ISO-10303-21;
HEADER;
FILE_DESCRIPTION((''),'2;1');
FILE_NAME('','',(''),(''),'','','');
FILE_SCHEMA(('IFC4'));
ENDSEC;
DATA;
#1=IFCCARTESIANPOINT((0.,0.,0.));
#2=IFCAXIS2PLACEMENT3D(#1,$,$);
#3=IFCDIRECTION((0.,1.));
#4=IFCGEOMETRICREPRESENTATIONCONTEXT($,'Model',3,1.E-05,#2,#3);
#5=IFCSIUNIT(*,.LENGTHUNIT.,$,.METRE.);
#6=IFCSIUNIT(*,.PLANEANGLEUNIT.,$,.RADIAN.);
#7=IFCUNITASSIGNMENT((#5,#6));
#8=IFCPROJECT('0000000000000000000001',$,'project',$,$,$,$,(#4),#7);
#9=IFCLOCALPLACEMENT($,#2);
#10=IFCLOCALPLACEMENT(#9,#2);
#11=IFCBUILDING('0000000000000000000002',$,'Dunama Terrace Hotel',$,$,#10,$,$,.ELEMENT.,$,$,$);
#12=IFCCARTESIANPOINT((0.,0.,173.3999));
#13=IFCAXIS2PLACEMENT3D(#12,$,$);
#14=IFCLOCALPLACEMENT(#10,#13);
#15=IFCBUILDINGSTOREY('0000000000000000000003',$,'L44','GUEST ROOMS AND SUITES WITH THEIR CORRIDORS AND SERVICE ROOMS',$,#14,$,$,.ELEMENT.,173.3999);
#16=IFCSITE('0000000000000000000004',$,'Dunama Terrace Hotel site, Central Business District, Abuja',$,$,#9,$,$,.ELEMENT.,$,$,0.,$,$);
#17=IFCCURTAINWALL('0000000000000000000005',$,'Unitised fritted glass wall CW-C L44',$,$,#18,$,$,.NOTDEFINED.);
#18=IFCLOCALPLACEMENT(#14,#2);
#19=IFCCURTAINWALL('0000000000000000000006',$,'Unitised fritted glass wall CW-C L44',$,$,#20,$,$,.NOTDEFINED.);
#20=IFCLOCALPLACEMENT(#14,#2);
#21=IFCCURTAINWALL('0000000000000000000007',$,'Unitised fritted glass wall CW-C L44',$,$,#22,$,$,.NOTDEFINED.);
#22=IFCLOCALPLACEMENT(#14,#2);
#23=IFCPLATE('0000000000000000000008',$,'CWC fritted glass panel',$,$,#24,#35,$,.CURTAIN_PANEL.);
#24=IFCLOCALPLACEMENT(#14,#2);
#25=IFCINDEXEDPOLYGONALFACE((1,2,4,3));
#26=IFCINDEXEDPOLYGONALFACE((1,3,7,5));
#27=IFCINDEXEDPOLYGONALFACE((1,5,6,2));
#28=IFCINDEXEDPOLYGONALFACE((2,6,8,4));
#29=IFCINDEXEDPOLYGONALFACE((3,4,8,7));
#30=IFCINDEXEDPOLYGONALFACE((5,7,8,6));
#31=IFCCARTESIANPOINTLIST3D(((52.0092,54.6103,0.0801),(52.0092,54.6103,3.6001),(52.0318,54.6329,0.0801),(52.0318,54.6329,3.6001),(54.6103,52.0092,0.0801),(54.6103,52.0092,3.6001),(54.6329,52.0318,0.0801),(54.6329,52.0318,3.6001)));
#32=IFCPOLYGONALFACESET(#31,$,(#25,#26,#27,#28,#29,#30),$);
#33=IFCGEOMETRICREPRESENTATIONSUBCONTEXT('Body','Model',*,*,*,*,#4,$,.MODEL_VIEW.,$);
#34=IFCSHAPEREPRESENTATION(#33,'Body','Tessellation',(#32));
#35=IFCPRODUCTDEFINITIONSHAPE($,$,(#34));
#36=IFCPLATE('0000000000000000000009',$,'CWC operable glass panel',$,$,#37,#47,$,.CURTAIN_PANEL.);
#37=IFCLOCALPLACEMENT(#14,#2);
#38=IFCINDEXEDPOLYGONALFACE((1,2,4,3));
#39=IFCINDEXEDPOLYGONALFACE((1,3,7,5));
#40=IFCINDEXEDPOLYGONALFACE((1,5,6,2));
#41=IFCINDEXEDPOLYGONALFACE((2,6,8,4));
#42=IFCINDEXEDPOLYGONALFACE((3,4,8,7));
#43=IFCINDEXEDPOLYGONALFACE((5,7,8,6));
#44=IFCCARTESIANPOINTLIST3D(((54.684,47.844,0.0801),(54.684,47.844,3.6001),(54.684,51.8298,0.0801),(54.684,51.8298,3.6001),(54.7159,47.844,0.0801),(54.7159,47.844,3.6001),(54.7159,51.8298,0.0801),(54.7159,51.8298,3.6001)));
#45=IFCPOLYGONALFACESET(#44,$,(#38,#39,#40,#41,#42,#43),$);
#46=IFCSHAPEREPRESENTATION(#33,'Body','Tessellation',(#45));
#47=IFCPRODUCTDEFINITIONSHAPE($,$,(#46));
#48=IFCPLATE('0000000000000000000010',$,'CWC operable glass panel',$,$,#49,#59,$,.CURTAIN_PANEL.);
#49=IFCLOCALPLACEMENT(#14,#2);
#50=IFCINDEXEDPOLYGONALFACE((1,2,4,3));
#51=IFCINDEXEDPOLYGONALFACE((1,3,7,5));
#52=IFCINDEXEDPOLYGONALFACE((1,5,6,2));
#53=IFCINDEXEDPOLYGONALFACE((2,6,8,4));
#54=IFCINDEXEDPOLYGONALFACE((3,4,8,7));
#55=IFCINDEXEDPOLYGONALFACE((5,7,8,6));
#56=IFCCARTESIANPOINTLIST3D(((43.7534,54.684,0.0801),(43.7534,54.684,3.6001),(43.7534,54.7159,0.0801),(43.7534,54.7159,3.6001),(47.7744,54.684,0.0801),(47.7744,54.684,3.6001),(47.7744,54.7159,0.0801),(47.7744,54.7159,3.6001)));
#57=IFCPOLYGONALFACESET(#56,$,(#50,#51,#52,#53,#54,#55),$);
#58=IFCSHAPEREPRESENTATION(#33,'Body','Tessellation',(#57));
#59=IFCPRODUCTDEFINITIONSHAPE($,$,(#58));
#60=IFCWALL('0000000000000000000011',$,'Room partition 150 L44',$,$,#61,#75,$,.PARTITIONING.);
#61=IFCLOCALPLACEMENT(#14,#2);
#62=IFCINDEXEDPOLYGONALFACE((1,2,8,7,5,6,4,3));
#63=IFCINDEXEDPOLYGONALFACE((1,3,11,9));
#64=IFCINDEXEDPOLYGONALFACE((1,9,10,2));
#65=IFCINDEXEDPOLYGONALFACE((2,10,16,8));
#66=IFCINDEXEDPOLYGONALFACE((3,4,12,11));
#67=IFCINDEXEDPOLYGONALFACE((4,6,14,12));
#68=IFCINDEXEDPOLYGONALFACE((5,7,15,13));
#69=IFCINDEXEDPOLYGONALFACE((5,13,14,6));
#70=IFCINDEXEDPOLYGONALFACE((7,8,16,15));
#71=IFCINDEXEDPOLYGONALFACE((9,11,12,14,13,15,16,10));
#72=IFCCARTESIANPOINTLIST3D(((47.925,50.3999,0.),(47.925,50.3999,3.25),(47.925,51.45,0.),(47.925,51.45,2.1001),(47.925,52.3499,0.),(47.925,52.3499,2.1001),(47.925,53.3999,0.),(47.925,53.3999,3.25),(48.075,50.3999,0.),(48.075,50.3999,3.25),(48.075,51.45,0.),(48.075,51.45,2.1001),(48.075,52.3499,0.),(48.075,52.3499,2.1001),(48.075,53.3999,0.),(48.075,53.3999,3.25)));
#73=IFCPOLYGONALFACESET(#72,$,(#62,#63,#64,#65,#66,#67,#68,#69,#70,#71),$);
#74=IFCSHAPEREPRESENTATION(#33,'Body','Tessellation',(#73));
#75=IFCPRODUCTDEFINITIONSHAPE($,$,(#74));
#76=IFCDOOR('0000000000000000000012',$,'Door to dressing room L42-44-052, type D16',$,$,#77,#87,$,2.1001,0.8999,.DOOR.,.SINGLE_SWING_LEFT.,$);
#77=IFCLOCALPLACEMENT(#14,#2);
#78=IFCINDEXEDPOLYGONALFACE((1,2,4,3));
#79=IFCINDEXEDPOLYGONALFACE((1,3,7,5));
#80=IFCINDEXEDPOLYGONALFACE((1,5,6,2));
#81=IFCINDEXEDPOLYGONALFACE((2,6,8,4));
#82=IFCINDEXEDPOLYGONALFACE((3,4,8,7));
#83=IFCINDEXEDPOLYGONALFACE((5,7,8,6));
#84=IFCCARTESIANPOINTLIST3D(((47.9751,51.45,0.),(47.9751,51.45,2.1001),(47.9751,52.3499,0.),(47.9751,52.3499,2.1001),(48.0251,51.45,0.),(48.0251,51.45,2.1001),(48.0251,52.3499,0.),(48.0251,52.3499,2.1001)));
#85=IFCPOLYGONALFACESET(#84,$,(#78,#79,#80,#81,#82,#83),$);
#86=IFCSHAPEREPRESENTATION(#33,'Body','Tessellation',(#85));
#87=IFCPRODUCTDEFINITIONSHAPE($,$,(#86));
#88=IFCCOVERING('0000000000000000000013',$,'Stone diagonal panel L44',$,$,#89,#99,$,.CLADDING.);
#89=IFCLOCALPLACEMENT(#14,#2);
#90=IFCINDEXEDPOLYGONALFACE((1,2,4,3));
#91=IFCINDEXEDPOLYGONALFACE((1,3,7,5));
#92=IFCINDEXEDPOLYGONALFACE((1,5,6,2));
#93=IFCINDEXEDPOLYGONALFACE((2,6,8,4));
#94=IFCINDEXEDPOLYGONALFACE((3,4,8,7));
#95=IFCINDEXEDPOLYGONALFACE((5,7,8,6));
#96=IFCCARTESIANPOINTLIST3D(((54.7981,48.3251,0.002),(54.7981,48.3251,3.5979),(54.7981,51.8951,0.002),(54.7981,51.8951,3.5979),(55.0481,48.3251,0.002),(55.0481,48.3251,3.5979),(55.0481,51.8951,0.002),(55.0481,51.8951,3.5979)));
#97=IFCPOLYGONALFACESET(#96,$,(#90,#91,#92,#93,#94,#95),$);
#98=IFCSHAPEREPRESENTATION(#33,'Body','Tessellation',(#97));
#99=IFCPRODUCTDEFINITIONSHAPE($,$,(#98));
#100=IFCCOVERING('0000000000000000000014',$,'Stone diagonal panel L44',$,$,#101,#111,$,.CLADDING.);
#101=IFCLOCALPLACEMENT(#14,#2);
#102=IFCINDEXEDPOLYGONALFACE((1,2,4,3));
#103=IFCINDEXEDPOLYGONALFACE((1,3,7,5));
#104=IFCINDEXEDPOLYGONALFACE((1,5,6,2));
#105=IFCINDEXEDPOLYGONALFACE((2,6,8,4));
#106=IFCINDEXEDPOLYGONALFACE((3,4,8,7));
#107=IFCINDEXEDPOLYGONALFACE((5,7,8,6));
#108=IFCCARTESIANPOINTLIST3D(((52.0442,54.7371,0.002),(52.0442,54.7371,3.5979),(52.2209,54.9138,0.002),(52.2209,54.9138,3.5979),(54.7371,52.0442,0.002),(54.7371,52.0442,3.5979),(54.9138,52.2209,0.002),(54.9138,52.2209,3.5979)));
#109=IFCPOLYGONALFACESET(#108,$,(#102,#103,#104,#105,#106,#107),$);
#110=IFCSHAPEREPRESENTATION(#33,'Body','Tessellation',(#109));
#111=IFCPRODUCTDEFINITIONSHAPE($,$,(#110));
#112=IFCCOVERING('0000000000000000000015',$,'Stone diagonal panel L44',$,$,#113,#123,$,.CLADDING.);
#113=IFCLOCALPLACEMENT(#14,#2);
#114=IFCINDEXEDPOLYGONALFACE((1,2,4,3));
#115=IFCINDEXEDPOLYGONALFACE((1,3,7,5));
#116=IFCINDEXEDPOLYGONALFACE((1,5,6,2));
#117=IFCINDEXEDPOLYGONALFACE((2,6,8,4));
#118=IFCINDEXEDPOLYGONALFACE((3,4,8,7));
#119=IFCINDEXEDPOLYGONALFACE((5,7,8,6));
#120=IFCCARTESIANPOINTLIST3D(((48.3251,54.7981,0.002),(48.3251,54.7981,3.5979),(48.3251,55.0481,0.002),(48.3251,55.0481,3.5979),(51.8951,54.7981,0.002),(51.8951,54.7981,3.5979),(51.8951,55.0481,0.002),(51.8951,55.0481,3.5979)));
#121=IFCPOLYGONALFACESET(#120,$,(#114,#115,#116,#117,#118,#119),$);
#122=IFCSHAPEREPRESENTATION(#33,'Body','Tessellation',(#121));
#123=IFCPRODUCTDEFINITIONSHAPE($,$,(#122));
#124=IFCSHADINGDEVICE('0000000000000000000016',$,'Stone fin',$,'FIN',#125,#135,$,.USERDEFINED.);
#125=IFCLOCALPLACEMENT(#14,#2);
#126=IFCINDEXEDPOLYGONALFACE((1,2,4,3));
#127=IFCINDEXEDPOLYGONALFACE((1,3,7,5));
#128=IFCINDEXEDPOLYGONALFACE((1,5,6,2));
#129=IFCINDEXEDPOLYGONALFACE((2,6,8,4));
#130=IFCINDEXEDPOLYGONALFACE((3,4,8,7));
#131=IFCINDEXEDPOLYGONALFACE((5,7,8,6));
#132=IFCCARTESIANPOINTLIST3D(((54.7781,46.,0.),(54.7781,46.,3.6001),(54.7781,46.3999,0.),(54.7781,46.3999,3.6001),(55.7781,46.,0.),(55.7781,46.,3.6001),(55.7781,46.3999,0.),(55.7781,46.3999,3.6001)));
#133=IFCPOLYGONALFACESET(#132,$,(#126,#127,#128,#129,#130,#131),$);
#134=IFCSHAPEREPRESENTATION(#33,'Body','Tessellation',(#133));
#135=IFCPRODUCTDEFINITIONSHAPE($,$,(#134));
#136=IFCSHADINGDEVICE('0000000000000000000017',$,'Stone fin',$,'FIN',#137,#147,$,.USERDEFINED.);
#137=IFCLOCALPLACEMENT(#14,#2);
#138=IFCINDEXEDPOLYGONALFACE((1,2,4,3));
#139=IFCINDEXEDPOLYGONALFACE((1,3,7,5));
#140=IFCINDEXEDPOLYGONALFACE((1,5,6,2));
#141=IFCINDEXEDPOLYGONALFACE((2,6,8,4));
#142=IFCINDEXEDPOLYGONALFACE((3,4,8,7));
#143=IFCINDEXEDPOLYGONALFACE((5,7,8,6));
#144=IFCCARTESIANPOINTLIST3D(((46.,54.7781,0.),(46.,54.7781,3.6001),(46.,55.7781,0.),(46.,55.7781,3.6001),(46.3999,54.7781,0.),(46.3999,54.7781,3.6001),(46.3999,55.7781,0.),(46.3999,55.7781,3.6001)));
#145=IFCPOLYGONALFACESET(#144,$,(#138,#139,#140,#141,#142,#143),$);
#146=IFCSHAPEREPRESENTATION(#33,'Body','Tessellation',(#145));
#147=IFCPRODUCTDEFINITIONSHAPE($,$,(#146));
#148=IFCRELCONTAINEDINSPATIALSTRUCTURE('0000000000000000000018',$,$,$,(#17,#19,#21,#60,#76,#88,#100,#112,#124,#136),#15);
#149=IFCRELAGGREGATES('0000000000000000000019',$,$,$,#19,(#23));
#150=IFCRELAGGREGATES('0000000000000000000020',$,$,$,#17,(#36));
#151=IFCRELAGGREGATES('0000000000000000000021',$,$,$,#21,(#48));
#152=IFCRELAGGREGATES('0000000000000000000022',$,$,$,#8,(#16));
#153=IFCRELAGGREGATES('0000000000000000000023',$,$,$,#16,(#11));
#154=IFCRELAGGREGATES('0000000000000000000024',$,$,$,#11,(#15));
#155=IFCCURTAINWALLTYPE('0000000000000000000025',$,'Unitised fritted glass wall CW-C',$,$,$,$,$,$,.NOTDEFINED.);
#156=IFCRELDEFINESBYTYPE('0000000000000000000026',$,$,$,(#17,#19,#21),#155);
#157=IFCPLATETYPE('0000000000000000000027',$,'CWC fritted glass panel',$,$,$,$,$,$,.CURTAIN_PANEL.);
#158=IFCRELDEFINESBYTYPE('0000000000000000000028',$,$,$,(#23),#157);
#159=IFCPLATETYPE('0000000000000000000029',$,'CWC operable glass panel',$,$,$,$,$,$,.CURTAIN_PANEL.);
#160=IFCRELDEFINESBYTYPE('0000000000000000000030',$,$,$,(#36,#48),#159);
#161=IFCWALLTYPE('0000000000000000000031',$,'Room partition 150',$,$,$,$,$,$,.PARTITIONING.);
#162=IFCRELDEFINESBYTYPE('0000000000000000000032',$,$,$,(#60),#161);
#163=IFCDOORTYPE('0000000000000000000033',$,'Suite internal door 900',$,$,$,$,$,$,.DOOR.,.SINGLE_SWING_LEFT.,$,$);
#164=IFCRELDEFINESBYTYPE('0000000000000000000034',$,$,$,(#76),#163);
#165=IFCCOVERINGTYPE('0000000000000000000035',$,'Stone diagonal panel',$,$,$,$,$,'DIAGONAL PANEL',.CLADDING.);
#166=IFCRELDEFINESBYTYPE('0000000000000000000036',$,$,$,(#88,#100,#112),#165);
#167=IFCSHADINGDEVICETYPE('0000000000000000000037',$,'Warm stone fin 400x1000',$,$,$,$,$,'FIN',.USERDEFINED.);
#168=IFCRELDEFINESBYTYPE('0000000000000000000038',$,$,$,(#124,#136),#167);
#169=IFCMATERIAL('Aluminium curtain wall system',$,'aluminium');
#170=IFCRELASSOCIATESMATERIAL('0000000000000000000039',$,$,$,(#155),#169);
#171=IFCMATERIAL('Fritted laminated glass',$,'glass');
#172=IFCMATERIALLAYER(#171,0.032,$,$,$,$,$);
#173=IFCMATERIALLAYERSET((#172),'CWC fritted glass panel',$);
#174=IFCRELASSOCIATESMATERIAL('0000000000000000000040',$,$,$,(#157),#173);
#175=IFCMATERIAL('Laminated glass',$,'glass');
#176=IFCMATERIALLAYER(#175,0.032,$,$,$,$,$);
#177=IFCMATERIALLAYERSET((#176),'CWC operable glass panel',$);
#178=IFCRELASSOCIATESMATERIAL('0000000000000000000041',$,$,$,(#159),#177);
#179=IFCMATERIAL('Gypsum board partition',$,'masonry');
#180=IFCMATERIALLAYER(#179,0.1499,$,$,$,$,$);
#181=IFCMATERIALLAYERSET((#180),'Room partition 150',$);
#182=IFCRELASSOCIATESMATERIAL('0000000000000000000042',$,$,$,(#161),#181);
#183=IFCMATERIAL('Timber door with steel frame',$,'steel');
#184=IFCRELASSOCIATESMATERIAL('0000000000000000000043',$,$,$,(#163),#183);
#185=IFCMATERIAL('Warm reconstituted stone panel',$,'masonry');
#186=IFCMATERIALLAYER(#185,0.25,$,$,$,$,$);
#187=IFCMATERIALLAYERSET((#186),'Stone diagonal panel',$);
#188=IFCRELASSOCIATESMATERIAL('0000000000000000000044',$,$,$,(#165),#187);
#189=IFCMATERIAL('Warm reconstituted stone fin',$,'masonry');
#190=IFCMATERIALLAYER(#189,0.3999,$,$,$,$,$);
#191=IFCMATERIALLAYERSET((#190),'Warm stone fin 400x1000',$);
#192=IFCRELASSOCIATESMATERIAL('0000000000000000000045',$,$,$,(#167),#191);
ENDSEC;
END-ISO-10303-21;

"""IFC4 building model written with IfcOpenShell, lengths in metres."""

from ifc_helpers import new_model, si_unit, direction, frame, frame_2d, origin, origin_2d, place, context, subcontext, project, spatial, rectangle, extrude, material, layer, layer_set, type_object, element, fill, aggregate, save


model = new_model("IFC4")

# Units and contexts
model_context = context("Model", 3, precision=1e-05, world=origin(), true_north=direction((0.0, 1.0)))
body_context = subcontext(model_context, "Body", "Model", "MODEL_VIEW")
ifc_project = project(units=[si_unit("LENGTHUNIT", "METRE"), si_unit("PLANEANGLEUNIT", "RADIAN")], contexts=[model_context])

# Site, building, storey
site_placement = place(None, origin())
site = spatial("IfcSite", under=ifc_project, at=site_placement, Name="Dunama Terrace Hotel site, Central Business District, Abuja", CompositionType="ELEMENT", RefElevation=0.0)
building_placement = place(site_placement, origin())
building = spatial("IfcBuilding", under=site, at=building_placement, Name="Dunama Terrace Hotel", CompositionType="ELEMENT")
storey_placement = place(building_placement, frame((0.0, 0.0, 173.3999)))
storey = spatial("IfcBuildingStorey", under=building, at=storey_placement, Name="L44", Description="GUEST ROOMS AND SUITES WITH THEIR CORRIDORS AND SERVICE ROOMS", CompositionType="ELEMENT", Elevation=173.3999)

# Curtain walls
ifc_material_1 = material(Name="Aluminium curtain wall system", Category="aluminium")
curtain_wall_type = type_object("IfcCurtainWallType", Name="Unitised fritted glass wall CW-C", PredefinedType="NOTDEFINED", material=ifc_material_1)
curtain_wall_1_placement = place(storey_placement, origin())
curtain_wall_1 = element("IfcCurtainWall", 1, at=curtain_wall_1_placement, inside=storey, type_object=curtain_wall_type, Name="Unitised fritted glass wall CW-C L44", PredefinedType="NOTDEFINED")
curtain_wall_2_placement = place(storey_placement, origin())
curtain_wall_2 = element("IfcCurtainWall", 2, at=curtain_wall_2_placement, inside=storey, type_object=curtain_wall_type, Name="Unitised fritted glass wall CW-C L44", PredefinedType="NOTDEFINED")
curtain_wall_3_placement = place(storey_placement, origin())
curtain_wall_3 = element("IfcCurtainWall", 3, at=curtain_wall_3_placement, inside=storey, type_object=curtain_wall_type, Name="Unitised fritted glass wall CW-C L44", PredefinedType="NOTDEFINED")

# Plates
ifc_material_2 = material(Name="Fritted laminated glass", Category="glass")
ifc_layer_1 = layer(ifc_material_2, 0.032)
ifc_layer_set_1 = layer_set([ifc_layer_1], Name="CWC fritted glass panel")
plate_type_1 = type_object("IfcPlateType", Name="CWC fritted glass panel", PredefinedType="CURTAIN_PANEL", material=ifc_layer_set_1)
plate_1_placement = place(storey_placement, frame((53.321, 53.321, 0.0801), z_axis=(0.0, 0.0, 1.0), x_axis=(-0.707107, 0.707107, 0.0)))
plate_1 = element("IfcPlate", 4, at=plate_1_placement, type_object=plate_type_1, Name="CWC fritted glass panel", PredefinedType="CURTAIN_PANEL", context=body_context, shape_type="SweptSolid", body=[
    extrude(rectangle(XDim=3.6785, YDim=0.032, at=origin_2d()), origin(), (0.0, 0.0, 1.0), 3.52),
])
aggregate(curtain_wall_2, [plate_1])
ifc_material_3 = material(Name="Laminated glass", Category="glass")
ifc_layer_2 = layer(ifc_material_3, 0.032)
ifc_layer_set_2 = layer_set([ifc_layer_2], Name="CWC operable glass panel")
plate_type_2 = type_object("IfcPlateType", Name="CWC operable glass panel", PredefinedType="CURTAIN_PANEL", material=ifc_layer_set_2)
plate_2_placement = place(storey_placement, frame((54.7, 49.8369, 0.0801), z_axis=(0.0, 0.0, 1.0), x_axis=(0.0, 1.0, 0.0)))
plate_2 = element("IfcPlate", 5, at=plate_2_placement, type_object=plate_type_2, Name="CWC operable glass panel", PredefinedType="CURTAIN_PANEL", context=body_context, shape_type="SweptSolid", body=[
    extrude(rectangle(XDim=3.9858, YDim=0.032, at=origin_2d()), origin(), (0.0, 0.0, 1.0), 3.52),
])
aggregate(curtain_wall_1, [plate_2])
plate_3_placement = place(storey_placement, frame((45.7639, 54.7, 0.0801), z_axis=(0.0, 0.0, 1.0), x_axis=(-1.0, 0.0, 0.0)))
plate_3 = element("IfcPlate", 6, at=plate_3_placement, type_object=plate_type_2, Name="CWC operable glass panel", PredefinedType="CURTAIN_PANEL", context=body_context, shape_type="SweptSolid", body=[
    extrude(rectangle(XDim=4.021, YDim=0.032, at=origin_2d()), origin(), (0.0, 0.0, 1.0), 3.52),
])
aggregate(curtain_wall_3, [plate_3])

# Wall, opening, door
ifc_material_4 = material(Name="Gypsum board partition", Category="masonry")
ifc_layer_3 = layer(ifc_material_4, 0.1499)
ifc_layer_set_3 = layer_set([ifc_layer_3], Name="Room partition 150")
wall_type = type_object("IfcWallType", Name="Room partition 150", PredefinedType="PARTITIONING", material=ifc_layer_set_3)
wall_placement = place(storey_placement, frame((48.0, 50.3999, 0.0), z_axis=(0.0, 0.0, 1.0), x_axis=(0.0, 1.0, 0.0)))
wall = element("IfcWall", 7, at=wall_placement, inside=storey, type_object=wall_type, Name="Room partition 150 L44", PredefinedType="PARTITIONING", context=body_context, shape_type="SweptSolid", body=[
    extrude(rectangle(XDim=3.0, YDim=0.1499, at=frame_2d((1.5, 0.0))), origin(), (0.0, 0.0, 1.0), 3.25),
])
opening_placement = place(wall_placement, frame((1.05, 0.0, 0.0)))
opening = element("IfcOpeningElement", 8, at=opening_placement, cuts=wall, PredefinedType="OPENING", context=body_context, shape_type="SweptSolid", body=[
    extrude(rectangle(XDim=0.8999, YDim=2.1001, at=frame_2d((0.45, 1.05))), frame((0.0, 0.085, 0.0), z_axis=(0.0, -1.0, 0.0), x_axis=(1.0, 0.0, 0.0)), (0.0, 0.0, 1.0), 0.1699),
])
ifc_material_5 = material(Name="Timber door with steel frame", Category="steel")
door_type = type_object("IfcDoorType", Name="Suite internal door 900", OperationType="SINGLE_SWING_LEFT", PredefinedType="DOOR", material=ifc_material_5)
door_placement = place(opening_placement, origin())
door = element("IfcDoor", 9, at=door_placement, inside=storey, type_object=door_type, Name="Door to dressing room L42-44-052, type D16", OperationType="SINGLE_SWING_LEFT", OverallHeight=2.1001, OverallWidth=0.8999, PredefinedType="DOOR", context=body_context, shape_type="SweptSolid", body=[
    extrude(rectangle(XDim=0.8999, YDim=2.1001, at=frame_2d((0.45, 1.05))), frame((0.0, 0.0249, 0.0), z_axis=(0.0, -1.0, 0.0), x_axis=(1.0, 0.0, 0.0)), (0.0, 0.0, 1.0), 0.05),
])
fill(opening, door)

# Coverings
ifc_material_6 = material(Name="Warm reconstituted stone panel", Category="masonry")
ifc_layer_4 = layer(ifc_material_6, 0.25)
ifc_layer_set_4 = layer_set([ifc_layer_4], Name="Stone diagonal panel")
covering_type = type_object("IfcCoveringType", Name="Stone diagonal panel", ElementType="DIAGONAL PANEL", PredefinedType="CLADDING", material=ifc_layer_set_4)
covering_1_placement = place(storey_placement, frame((54.9231, 50.1101, 0.002), z_axis=(0.0, 0.0, 1.0), x_axis=(0.0, 1.0, 0.0)))
element("IfcCovering", 10, at=covering_1_placement, inside=storey, type_object=covering_type, Name="Stone diagonal panel L44", PredefinedType="CLADDING", context=body_context, shape_type="SweptSolid", body=[
    extrude(rectangle(XDim=3.5701, YDim=0.25, at=origin_2d()), origin(), (0.0, 0.0, 1.0), 3.5959),
])
covering_2_placement = place(storey_placement, frame((53.479, 53.479, 0.002), z_axis=(0.0, 0.0, 1.0), x_axis=(-0.707107, 0.707107, 0.0)))
element("IfcCovering", 11, at=covering_2_placement, inside=storey, type_object=covering_type, Name="Stone diagonal panel L44", PredefinedType="CLADDING", context=body_context, shape_type="SweptSolid", body=[
    extrude(rectangle(XDim=3.8083, YDim=0.25, at=origin_2d()), origin(), (0.0, 0.0, 1.0), 3.5959),
])
covering_3_placement = place(storey_placement, frame((50.1101, 54.9231, 0.002), z_axis=(0.0, 0.0, 1.0), x_axis=(-1.0, 0.0, 0.0)))
element("IfcCovering", 12, at=covering_3_placement, inside=storey, type_object=covering_type, Name="Stone diagonal panel L44", PredefinedType="CLADDING", context=body_context, shape_type="SweptSolid", body=[
    extrude(rectangle(XDim=3.5701, YDim=0.25, at=origin_2d()), origin(), (0.0, 0.0, 1.0), 3.5959),
])

# Shading devices
ifc_material_7 = material(Name="Warm reconstituted stone fin", Category="masonry")
ifc_layer_5 = layer(ifc_material_7, 0.3999)
ifc_layer_set_5 = layer_set([ifc_layer_5], Name="Warm stone fin 400x1000")
shading_device_type = type_object("IfcShadingDeviceType", Name="Warm stone fin 400x1000", ElementType="FIN", PredefinedType="USERDEFINED", material=ifc_layer_set_5)
for number, where, z_axis, x_axis, name in (
    (13, (55.2781, 46.2, 0.0), (0.0, 0.0, 1.0), (0.0, 1.0, 0.0), "Stone fin"),
    (14, (46.2, 55.2781, 0.0), (0.0, 0.0, 1.0), (-1.0, 0.0, 0.0), "Stone fin"),
):
    element("IfcShadingDevice", number, at=place(storey_placement, frame(where, z_axis=z_axis, x_axis=x_axis)), inside=storey, type_object=shading_device_type, Name=name, ObjectType="FIN", PredefinedType="USERDEFINED", context=body_context, shape_type="SweptSolid", body=[
        extrude(rectangle(XDim=0.3999, YDim=1.0, at=origin_2d()), origin(), (0.0, 0.0, 1.0), 3.6001),
    ])

save(model, "model.ifc")
